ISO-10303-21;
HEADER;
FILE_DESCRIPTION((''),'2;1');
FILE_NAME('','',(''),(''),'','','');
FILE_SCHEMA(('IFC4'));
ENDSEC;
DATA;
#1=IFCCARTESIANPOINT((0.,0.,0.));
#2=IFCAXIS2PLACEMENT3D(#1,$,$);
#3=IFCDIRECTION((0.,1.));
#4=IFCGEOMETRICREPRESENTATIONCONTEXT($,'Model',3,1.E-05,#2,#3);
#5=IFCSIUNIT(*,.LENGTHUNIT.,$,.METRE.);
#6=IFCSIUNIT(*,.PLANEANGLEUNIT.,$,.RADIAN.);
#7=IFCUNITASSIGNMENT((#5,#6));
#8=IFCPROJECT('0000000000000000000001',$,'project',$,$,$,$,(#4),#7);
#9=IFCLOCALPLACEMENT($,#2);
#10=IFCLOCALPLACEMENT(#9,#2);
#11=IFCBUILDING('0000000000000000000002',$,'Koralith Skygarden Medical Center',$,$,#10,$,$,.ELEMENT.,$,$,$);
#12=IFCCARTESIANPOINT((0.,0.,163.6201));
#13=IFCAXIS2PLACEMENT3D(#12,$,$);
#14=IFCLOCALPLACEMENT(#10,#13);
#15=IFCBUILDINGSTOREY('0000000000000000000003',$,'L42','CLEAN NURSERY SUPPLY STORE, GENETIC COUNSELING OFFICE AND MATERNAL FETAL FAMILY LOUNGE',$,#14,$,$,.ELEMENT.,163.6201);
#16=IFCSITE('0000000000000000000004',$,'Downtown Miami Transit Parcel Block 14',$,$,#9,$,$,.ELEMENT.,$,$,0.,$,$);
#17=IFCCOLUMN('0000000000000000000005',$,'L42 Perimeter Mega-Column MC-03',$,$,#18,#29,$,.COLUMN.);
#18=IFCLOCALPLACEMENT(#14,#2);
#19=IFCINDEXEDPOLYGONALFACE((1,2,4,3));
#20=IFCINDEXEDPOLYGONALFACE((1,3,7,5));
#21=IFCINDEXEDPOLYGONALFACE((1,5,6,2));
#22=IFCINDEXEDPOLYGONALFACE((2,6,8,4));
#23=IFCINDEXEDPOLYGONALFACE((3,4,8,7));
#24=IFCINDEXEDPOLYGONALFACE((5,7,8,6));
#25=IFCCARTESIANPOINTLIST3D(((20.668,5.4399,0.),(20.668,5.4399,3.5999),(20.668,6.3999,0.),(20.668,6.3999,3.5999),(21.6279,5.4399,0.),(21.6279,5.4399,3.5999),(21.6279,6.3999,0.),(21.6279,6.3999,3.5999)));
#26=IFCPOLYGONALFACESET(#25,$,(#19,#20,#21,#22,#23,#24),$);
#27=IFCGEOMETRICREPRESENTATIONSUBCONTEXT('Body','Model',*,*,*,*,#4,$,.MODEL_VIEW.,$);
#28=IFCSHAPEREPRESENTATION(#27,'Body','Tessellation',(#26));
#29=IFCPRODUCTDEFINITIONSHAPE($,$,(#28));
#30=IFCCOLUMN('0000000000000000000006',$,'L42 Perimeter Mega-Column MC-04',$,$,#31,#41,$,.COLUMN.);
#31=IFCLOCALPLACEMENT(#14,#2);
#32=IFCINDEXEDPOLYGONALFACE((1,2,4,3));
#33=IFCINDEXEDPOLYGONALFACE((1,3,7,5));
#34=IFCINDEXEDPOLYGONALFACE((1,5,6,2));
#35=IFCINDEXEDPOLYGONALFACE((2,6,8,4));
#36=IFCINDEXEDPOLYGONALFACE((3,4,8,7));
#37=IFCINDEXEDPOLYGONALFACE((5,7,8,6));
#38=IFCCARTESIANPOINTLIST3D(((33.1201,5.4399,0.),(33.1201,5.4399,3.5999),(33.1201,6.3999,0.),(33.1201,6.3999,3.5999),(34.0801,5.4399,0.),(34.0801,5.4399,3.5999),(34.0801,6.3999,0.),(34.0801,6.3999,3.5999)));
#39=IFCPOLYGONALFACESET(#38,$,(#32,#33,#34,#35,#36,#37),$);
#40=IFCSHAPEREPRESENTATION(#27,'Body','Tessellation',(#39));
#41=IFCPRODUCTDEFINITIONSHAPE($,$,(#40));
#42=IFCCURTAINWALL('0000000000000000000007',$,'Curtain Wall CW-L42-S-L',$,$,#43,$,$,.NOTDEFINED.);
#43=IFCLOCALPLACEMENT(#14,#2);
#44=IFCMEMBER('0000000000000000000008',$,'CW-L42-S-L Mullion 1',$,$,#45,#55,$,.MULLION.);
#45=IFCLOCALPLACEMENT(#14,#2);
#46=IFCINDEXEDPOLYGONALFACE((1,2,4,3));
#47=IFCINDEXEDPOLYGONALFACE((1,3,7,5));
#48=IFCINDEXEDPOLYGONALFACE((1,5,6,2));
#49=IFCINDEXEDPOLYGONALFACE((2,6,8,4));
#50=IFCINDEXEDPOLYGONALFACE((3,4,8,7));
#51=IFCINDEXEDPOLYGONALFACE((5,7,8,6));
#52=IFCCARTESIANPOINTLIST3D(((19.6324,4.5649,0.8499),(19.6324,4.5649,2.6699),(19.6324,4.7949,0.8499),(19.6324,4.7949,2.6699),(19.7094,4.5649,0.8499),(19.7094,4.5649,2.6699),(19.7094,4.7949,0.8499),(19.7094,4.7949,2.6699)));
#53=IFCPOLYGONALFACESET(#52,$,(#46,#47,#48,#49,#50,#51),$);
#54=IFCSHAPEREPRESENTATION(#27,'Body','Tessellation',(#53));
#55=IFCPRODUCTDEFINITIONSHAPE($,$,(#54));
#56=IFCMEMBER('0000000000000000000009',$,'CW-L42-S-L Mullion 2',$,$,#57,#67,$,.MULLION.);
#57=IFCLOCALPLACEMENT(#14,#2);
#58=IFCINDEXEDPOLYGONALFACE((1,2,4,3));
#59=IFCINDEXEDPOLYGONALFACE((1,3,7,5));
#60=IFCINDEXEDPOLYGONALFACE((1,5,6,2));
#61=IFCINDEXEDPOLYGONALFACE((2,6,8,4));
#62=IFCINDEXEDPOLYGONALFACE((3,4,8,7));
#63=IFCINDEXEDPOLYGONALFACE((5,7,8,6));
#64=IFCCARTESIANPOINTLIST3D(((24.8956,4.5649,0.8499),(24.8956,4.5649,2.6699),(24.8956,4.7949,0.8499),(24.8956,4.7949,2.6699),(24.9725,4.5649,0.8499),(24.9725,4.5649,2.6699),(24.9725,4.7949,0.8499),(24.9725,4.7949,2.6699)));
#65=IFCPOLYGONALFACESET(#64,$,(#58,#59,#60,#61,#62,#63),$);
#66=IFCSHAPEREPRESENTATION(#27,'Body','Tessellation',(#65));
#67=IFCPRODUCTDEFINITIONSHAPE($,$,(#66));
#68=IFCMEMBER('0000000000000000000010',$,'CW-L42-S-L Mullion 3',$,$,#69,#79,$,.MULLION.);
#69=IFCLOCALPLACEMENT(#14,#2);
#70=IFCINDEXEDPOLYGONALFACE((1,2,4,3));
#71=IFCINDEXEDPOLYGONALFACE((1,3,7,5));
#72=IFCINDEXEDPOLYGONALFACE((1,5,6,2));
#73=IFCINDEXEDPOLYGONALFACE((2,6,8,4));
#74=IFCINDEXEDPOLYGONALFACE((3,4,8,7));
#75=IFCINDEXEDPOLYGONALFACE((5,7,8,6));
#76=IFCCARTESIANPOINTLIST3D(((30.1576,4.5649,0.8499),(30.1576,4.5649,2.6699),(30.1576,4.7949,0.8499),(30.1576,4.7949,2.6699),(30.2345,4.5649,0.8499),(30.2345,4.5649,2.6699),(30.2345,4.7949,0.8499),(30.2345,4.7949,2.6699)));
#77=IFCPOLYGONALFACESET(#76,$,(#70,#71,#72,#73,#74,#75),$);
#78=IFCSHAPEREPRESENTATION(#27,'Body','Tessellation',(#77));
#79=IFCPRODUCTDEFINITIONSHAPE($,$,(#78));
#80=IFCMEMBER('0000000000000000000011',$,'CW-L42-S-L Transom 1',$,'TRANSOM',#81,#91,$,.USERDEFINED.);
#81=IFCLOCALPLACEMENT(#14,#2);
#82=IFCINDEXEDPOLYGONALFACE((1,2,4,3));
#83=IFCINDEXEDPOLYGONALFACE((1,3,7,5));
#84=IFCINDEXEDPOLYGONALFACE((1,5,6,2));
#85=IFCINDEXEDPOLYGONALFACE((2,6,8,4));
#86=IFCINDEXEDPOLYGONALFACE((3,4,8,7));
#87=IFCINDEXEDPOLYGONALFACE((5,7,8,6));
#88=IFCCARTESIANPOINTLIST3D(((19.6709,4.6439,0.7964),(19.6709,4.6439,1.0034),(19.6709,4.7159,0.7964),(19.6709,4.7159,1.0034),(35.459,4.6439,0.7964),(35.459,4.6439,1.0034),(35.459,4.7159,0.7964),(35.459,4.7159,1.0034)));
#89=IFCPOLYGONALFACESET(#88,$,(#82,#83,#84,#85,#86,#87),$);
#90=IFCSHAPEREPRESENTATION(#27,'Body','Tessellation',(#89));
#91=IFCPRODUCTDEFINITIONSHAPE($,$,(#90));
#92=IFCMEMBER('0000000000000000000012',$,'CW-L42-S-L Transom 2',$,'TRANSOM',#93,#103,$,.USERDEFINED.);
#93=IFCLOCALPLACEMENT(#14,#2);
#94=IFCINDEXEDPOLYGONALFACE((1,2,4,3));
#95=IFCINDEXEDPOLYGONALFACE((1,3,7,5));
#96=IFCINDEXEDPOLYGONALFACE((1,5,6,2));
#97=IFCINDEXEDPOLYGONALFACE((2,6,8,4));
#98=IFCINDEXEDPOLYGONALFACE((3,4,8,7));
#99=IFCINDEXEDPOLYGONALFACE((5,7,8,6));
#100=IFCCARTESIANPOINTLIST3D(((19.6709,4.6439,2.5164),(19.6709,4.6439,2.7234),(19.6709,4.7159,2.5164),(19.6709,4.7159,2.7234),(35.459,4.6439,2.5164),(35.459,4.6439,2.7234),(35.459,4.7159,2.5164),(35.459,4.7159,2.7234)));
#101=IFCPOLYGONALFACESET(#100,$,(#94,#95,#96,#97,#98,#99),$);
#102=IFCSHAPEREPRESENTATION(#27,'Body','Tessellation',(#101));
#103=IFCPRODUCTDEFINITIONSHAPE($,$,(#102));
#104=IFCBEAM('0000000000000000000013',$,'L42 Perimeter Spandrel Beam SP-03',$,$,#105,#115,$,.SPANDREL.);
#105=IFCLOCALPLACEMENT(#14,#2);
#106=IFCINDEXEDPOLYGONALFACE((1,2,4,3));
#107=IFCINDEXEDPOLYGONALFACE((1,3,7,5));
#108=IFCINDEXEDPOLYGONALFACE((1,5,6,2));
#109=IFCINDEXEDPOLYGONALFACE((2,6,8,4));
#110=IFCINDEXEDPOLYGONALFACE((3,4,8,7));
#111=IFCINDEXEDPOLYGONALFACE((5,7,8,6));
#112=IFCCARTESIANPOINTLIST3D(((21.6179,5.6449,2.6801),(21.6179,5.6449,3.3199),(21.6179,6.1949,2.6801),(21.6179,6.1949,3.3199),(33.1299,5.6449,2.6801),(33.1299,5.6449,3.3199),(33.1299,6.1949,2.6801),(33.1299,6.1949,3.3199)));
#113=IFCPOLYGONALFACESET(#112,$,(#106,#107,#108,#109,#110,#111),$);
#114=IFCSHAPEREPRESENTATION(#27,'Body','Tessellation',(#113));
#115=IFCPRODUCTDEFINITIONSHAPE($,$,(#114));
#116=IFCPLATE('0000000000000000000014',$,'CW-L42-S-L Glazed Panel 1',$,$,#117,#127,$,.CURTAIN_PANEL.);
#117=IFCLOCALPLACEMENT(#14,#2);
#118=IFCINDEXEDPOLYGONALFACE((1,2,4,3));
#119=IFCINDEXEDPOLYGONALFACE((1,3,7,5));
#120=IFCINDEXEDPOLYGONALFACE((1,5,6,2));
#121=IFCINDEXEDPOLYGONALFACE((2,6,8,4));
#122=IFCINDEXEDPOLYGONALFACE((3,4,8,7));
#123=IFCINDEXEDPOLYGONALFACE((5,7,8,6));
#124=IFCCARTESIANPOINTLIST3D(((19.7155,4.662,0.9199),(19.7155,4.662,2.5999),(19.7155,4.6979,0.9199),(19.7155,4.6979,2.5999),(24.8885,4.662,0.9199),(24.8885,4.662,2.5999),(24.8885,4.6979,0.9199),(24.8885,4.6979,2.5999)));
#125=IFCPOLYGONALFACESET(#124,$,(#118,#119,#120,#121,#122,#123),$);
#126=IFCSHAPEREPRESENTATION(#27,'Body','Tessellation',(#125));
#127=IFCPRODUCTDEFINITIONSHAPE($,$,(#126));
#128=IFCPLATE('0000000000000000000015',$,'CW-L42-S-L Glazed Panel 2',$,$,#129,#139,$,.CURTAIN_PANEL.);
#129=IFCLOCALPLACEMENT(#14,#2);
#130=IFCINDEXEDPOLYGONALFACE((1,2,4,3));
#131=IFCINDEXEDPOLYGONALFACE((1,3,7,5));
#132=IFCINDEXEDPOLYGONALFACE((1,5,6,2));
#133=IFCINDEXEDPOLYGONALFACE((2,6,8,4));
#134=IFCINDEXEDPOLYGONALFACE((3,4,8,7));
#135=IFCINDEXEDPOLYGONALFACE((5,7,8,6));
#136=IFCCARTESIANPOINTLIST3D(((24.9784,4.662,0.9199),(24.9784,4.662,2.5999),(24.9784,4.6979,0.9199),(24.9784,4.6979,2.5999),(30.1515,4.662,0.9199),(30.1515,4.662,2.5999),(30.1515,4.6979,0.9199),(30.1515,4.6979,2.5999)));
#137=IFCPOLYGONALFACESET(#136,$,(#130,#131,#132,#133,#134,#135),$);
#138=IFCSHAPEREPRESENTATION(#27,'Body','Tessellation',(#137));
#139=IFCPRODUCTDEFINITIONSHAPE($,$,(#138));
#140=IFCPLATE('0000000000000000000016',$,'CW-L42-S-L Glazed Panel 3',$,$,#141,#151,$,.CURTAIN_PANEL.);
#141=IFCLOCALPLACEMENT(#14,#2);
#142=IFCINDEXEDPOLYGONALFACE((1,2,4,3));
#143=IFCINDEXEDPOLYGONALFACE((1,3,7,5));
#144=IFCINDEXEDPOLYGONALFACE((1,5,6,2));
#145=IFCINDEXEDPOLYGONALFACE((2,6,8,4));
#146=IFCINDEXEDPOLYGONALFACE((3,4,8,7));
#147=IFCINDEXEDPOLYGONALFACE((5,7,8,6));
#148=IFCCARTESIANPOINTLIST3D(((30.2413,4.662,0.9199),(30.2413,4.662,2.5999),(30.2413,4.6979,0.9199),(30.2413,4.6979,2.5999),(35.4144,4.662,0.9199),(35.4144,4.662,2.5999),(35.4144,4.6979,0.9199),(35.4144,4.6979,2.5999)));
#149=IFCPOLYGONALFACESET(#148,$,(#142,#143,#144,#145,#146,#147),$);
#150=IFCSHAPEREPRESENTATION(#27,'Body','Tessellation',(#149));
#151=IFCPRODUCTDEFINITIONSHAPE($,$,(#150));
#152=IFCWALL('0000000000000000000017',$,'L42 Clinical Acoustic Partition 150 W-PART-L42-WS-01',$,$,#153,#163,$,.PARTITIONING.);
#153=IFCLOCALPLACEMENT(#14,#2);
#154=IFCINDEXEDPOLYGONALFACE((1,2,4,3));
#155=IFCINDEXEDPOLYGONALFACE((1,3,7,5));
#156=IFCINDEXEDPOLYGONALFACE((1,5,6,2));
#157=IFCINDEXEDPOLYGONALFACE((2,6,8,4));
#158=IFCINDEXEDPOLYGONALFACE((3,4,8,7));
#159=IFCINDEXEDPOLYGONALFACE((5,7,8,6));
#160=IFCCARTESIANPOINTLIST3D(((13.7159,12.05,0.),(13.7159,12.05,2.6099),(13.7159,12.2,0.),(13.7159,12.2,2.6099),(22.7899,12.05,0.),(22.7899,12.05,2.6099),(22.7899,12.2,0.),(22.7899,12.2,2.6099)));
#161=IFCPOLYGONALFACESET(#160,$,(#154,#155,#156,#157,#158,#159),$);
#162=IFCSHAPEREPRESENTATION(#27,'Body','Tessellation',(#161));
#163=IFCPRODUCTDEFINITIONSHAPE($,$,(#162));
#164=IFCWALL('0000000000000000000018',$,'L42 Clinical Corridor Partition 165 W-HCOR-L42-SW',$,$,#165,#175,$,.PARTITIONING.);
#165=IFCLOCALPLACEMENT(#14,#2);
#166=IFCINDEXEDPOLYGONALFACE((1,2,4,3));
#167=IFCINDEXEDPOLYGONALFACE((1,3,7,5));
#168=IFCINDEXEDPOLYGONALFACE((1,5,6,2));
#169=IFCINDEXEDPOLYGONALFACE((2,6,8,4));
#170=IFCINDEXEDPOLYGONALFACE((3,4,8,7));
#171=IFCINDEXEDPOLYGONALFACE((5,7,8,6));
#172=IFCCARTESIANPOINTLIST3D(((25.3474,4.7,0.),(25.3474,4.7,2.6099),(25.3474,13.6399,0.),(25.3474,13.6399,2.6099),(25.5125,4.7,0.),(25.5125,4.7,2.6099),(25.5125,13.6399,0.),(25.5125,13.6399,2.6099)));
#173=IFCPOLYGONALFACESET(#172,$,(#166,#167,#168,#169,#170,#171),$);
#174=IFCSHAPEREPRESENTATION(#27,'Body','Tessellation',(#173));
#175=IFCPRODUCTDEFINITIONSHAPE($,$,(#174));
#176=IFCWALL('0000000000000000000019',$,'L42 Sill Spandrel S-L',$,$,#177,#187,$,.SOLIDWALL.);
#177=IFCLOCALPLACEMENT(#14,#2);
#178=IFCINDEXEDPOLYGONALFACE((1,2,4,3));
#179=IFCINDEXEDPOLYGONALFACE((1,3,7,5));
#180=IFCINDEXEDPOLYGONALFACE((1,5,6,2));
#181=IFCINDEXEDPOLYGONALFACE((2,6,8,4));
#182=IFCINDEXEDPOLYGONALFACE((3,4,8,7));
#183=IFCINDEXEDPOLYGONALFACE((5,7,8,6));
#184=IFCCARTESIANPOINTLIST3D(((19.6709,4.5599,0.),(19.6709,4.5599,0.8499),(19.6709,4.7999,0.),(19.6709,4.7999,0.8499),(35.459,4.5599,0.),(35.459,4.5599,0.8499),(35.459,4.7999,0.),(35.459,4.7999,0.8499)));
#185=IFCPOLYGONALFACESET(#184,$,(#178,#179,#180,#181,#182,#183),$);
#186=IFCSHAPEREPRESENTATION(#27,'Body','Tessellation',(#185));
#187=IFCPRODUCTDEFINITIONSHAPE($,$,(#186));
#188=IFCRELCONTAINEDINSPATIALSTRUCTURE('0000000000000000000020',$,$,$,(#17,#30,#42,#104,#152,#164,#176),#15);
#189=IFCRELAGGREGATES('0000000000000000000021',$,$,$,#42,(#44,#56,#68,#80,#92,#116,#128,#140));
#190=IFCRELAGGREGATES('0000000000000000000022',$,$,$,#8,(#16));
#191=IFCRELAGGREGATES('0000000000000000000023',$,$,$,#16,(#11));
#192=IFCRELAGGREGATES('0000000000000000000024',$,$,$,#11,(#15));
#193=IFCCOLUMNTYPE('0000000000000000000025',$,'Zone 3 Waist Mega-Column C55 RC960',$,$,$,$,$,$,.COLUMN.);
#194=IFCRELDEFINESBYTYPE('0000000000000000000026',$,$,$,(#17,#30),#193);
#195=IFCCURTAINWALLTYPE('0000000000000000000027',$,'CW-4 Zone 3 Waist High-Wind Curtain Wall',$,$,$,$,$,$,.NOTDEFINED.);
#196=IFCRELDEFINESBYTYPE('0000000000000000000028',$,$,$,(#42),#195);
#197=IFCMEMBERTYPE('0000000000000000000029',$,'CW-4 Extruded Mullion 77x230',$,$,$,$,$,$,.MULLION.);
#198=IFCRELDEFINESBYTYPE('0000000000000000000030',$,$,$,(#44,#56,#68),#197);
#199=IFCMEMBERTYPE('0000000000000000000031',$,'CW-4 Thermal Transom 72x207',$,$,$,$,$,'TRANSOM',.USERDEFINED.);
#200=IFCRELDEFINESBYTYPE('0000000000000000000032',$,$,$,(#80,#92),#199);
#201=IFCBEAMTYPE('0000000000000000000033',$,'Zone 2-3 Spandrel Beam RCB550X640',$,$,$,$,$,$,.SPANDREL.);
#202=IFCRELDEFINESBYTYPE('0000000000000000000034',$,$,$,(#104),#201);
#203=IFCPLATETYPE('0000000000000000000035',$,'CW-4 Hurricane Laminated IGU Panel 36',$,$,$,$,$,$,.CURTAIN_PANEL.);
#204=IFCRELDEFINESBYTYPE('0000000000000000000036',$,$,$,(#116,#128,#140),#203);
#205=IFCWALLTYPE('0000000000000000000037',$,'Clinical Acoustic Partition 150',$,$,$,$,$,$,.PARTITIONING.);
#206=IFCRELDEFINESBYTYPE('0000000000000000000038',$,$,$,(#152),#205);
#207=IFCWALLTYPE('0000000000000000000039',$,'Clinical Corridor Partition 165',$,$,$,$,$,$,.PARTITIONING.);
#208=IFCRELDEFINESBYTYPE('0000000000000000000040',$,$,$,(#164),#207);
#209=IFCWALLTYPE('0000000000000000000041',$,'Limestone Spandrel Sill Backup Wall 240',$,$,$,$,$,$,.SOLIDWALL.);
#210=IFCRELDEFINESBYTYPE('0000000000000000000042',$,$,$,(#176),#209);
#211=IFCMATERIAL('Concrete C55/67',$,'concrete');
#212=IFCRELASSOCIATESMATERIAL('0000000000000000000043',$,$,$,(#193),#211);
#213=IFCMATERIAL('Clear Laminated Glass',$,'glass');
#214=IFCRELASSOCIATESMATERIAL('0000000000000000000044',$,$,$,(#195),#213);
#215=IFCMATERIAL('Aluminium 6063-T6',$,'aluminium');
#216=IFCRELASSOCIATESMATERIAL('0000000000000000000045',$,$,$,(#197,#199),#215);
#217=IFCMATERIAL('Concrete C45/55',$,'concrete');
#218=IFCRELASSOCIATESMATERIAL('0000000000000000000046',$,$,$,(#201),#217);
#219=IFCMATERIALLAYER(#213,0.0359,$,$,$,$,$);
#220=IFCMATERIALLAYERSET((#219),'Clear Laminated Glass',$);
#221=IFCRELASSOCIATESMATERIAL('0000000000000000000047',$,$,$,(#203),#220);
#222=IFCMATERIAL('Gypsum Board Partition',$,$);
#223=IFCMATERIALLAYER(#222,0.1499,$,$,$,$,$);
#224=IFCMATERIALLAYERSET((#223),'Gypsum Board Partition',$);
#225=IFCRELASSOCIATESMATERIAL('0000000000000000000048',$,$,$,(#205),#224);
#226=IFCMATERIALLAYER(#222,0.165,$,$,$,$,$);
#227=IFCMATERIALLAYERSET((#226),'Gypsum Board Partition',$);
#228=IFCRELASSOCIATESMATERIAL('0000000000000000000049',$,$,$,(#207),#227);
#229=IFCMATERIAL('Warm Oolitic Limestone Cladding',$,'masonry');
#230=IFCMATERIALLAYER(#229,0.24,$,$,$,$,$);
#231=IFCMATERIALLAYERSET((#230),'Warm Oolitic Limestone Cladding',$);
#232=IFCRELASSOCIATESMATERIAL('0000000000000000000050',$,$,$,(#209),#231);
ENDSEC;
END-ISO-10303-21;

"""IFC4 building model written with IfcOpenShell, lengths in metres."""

from ifc_helpers import new_model, si_unit, direction, frame, frame_2d, origin, origin_2d, place, context, subcontext, project, spatial, rectangle, extrude, material, layer, layer_set, material_profile, profile_set, type_object, element, aggregate, save


model = new_model("IFC4")

# Units and contexts
model_context = context("Model", 3, precision=1e-05, world=origin(), true_north=direction((0.0, 1.0)))
body_context = subcontext(model_context, "Body", "Model", "MODEL_VIEW")
ifc_project = project(units=[si_unit("LENGTHUNIT", "METRE"), si_unit("PLANEANGLEUNIT", "RADIAN")], contexts=[model_context])

# Site, building, storey
site_placement = place(None, origin())
site = spatial("IfcSite", under=ifc_project, at=site_placement, Name="Downtown Miami Transit Parcel Block 14", CompositionType="ELEMENT", RefElevation=0.0)
building_placement = place(site_placement, origin())
building = spatial("IfcBuilding", under=site, at=building_placement, Name="Koralith Skygarden Medical Center", CompositionType="ELEMENT")
storey_placement = place(building_placement, frame((0.0, 0.0, 163.6201)))
storey = spatial("IfcBuildingStorey", under=building, at=storey_placement, Name="L42", Description="CLEAN NURSERY SUPPLY STORE, GENETIC COUNSELING OFFICE AND MATERNAL FETAL FAMILY LOUNGE", CompositionType="ELEMENT", Elevation=163.6201)

# Columns
ifc_material_1 = material(Name="Concrete C55/67", Category="concrete")
ifc_material_profile_1 = material_profile(ifc_material_1, rectangle(XDim=0.96, YDim=0.96, at=origin_2d()), Name="RC960X960")
ifc_profile_set_1 = profile_set([ifc_material_profile_1], Name="Concrete C55/67")
column_type = type_object("IfcColumnType", Name="Zone 3 Waist Mega-Column C55 RC960", PredefinedType="COLUMN", material=ifc_profile_set_1)
for number, where, z_axis, x_axis, name in (
    (1, (21.1479, 5.9199, 0.0), (0.0, 0.0, 1.0), (1.0, 0.0, 0.0), "L42 Perimeter Mega-Column MC-03"),
    (2, (33.6001, 5.9199, 0.0), (0.0, 0.0, 1.0), (1.0, 0.0, 0.0), "L42 Perimeter Mega-Column MC-04"),
):
    element("IfcColumn", number, at=place(storey_placement, frame(where, z_axis=z_axis, x_axis=x_axis)), inside=storey, type_object=column_type, Name=name, PredefinedType="COLUMN", context=body_context, shape_type="SweptSolid", body=[
        extrude(rectangle(XDim=0.96, YDim=0.96, at=origin_2d()), origin(), (0.0, 0.0, 1.0), 3.5999),
    ])

# Curtain wall, members
ifc_material_2 = material(Name="Clear Laminated Glass", Category="glass")
curtain_wall_type = type_object("IfcCurtainWallType", Name="CW-4 Zone 3 Waist High-Wind Curtain Wall", PredefinedType="NOTDEFINED", material=ifc_material_2)
curtain_wall_placement = place(storey_placement, origin())
curtain_wall = element("IfcCurtainWall", 3, at=curtain_wall_placement, inside=storey, type_object=curtain_wall_type, Name="Curtain Wall CW-L42-S-L", PredefinedType="NOTDEFINED")
ifc_material_3 = material(Name="Aluminium 6063-T6", Category="aluminium")
ifc_material_profile_2 = material_profile(ifc_material_3, rectangle(XDim=0.0769, YDim=0.23, at=origin_2d()), Name="MUL77X230")
ifc_profile_set_2 = profile_set([ifc_material_profile_2], Name="Aluminium 6063-T6")
member_type_1 = type_object("IfcMemberType", Name="CW-4 Extruded Mullion 77x230", PredefinedType="MULLION", material=ifc_profile_set_2)
member_1_placement = place(storey_placement, frame((19.6709, 4.6799, 0.8499), z_axis=(0.0, 0.0, 1.0), x_axis=(1.0, 0.0, 0.0)))
member_1 = element("IfcMember", 4, at=member_1_placement, type_object=member_type_1, Name="CW-L42-S-L Mullion 1", PredefinedType="MULLION", context=body_context, shape_type="SweptSolid", body=[
    extrude(rectangle(XDim=0.0769, YDim=0.23, at=origin_2d()), origin(), (0.0, 0.0, 1.0), 1.8201),
])
member_2_placement = place(storey_placement, frame((24.9341, 4.6799, 0.8499), z_axis=(0.0, 0.0, 1.0), x_axis=(1.0, 0.0, 0.0)))
member_2 = element("IfcMember", 5, at=member_2_placement, type_object=member_type_1, Name="CW-L42-S-L Mullion 2", PredefinedType="MULLION", context=body_context, shape_type="SweptSolid", body=[
    extrude(rectangle(XDim=0.0769, YDim=0.23, at=origin_2d()), origin(), (0.0, 0.0, 1.0), 1.8201),
])
member_3_placement = place(storey_placement, frame((30.196, 4.6799, 0.8499), z_axis=(0.0, 0.0, 1.0), x_axis=(1.0, 0.0, 0.0)))
member_3 = element("IfcMember", 6, at=member_3_placement, type_object=member_type_1, Name="CW-L42-S-L Mullion 3", PredefinedType="MULLION", context=body_context, shape_type="SweptSolid", body=[
    extrude(rectangle(XDim=0.0769, YDim=0.23, at=origin_2d()), origin(), (0.0, 0.0, 1.0), 1.8201),
])
ifc_material_profile_3 = material_profile(ifc_material_3, rectangle(XDim=0.072, YDim=0.207, at=origin_2d()), Name="TRN72X207")
ifc_profile_set_3 = profile_set([ifc_material_profile_3], Name="Aluminium 6063-T6")
member_type_2 = type_object("IfcMemberType", Name="CW-4 Thermal Transom 72x207", ElementType="TRANSOM", PredefinedType="USERDEFINED", material=ifc_profile_set_3)
member_4_placement = place(storey_placement, frame((19.6709, 4.6799, 0.8999), z_axis=(1.0, 0.0, 0.0), x_axis=(0.0, 1.0, 0.0)))
member_4 = element("IfcMember", 7, at=member_4_placement, type_object=member_type_2, Name="CW-L42-S-L Transom 1", ObjectType="TRANSOM", PredefinedType="USERDEFINED", context=body_context, shape_type="SweptSolid", body=[
    extrude(rectangle(XDim=0.072, YDim=0.207, at=origin_2d()), origin(), (0.0, 0.0, 1.0), 15.7881),
])
member_5_placement = place(storey_placement, frame((19.6709, 4.6799, 2.6199), z_axis=(1.0, 0.0, 0.0), x_axis=(0.0, 1.0, 0.0)))
member_5 = element("IfcMember", 8, at=member_5_placement, type_object=member_type_2, Name="CW-L42-S-L Transom 2", ObjectType="TRANSOM", PredefinedType="USERDEFINED", context=body_context, shape_type="SweptSolid", body=[
    extrude(rectangle(XDim=0.072, YDim=0.207, at=origin_2d()), origin(), (0.0, 0.0, 1.0), 15.7881),
])

# Beam
ifc_material_4 = material(Name="Concrete C45/55", Category="concrete")
ifc_material_profile_4 = material_profile(ifc_material_4, rectangle(XDim=0.55, YDim=0.6399, at=origin_2d()), Name="RCB550X640")
ifc_profile_set_4 = profile_set([ifc_material_profile_4], Name="Concrete C45/55")
beam_type = type_object("IfcBeamType", Name="Zone 2-3 Spandrel Beam RCB550X640", PredefinedType="SPANDREL", material=ifc_profile_set_4)
beam_placement = place(storey_placement, frame((21.6179, 5.9199, 3.0), z_axis=(1.0, 0.0, 0.0), x_axis=(0.0, 1.0, 0.0)))
element("IfcBeam", 9, at=beam_placement, inside=storey, type_object=beam_type, Name="L42 Perimeter Spandrel Beam SP-03", PredefinedType="SPANDREL", context=body_context, shape_type="SweptSolid", body=[
    extrude(rectangle(XDim=0.55, YDim=0.6399, at=origin_2d()), origin(), (0.0, 0.0, 1.0), 11.512),
])

# Plates
ifc_layer_1 = layer(ifc_material_2, 0.0359)
ifc_layer_set_1 = layer_set([ifc_layer_1], Name="Clear Laminated Glass")
plate_type = type_object("IfcPlateType", Name="CW-4 Hurricane Laminated IGU Panel 36", PredefinedType="CURTAIN_PANEL", material=ifc_layer_set_1)
plate_1_placement = place(storey_placement, frame((22.302, 4.6799, 0.9199), z_axis=(0.0, 0.0, 1.0), x_axis=(1.0, 0.0, 0.0)))
plate_1 = element("IfcPlate", 10, at=plate_1_placement, type_object=plate_type, Name="CW-L42-S-L Glazed Panel 1", PredefinedType="CURTAIN_PANEL", context=body_context, shape_type="SweptSolid", body=[
    extrude(rectangle(XDim=5.1731, YDim=0.0359, at=origin_2d()), origin(), (0.0, 0.0, 1.0), 1.6799),
])
plate_2_placement = place(storey_placement, frame((27.5649, 4.6799, 0.9199), z_axis=(0.0, 0.0, 1.0), x_axis=(1.0, 0.0, 0.0)))
plate_2 = element("IfcPlate", 11, at=plate_2_placement, type_object=plate_type, Name="CW-L42-S-L Glazed Panel 2", PredefinedType="CURTAIN_PANEL", context=body_context, shape_type="SweptSolid", body=[
    extrude(rectangle(XDim=5.1731, YDim=0.0359, at=origin_2d()), origin(), (0.0, 0.0, 1.0), 1.6799),
])
plate_3_placement = place(storey_placement, frame((32.8279, 4.6799, 0.9199), z_axis=(0.0, 0.0, 1.0), x_axis=(1.0, 0.0, 0.0)))
plate_3 = element("IfcPlate", 12, at=plate_3_placement, type_object=plate_type, Name="CW-L42-S-L Glazed Panel 3", PredefinedType="CURTAIN_PANEL", context=body_context, shape_type="SweptSolid", body=[
    extrude(rectangle(XDim=5.1731, YDim=0.0359, at=origin_2d()), origin(), (0.0, 0.0, 1.0), 1.6799),
])
aggregate(curtain_wall, [member_1, member_2, member_3, member_4, member_5, plate_1, plate_2, plate_3])

# Walls
ifc_material_5 = material(Name="Gypsum Board Partition")
ifc_layer_2 = layer(ifc_material_5, 0.1499)
ifc_layer_set_2 = layer_set([ifc_layer_2], Name="Gypsum Board Partition")
wall_type_1 = type_object("IfcWallType", Name="Clinical Acoustic Partition 150", PredefinedType="PARTITIONING", material=ifc_layer_set_2)
wall_1_placement = place(storey_placement, frame((22.79, 12.125, 0.0), z_axis=(0.0, 0.0, 1.0), x_axis=(-1.0, 0.0, 0.0)))
element("IfcWall", 13, at=wall_1_placement, inside=storey, type_object=wall_type_1, Name="L42 Clinical Acoustic Partition 150 W-PART-L42-WS-01", PredefinedType="PARTITIONING", context=body_context, shape_type="SweptSolid", body=[
    extrude(rectangle(XDim=9.074, YDim=0.1499, at=frame_2d((4.5371, 0.0))), origin(), (0.0, 0.0, 1.0), 2.6099),
])
ifc_layer_3 = layer(ifc_material_5, 0.165)
ifc_layer_set_3 = layer_set([ifc_layer_3], Name="Gypsum Board Partition")
wall_type_2 = type_object("IfcWallType", Name="Clinical Corridor Partition 165", PredefinedType="PARTITIONING", material=ifc_layer_set_3)
wall_2_placement = place(storey_placement, frame((25.4299, 4.7, 0.0), z_axis=(0.0, 0.0, 1.0), x_axis=(0.0, 1.0, 0.0)))
element("IfcWall", 14, at=wall_2_placement, inside=storey, type_object=wall_type_2, Name="L42 Clinical Corridor Partition 165 W-HCOR-L42-SW", PredefinedType="PARTITIONING", context=body_context, shape_type="SweptSolid", body=[
    extrude(rectangle(XDim=8.9399, YDim=0.165, at=frame_2d((4.47, 0.0))), origin(), (0.0, 0.0, 1.0), 2.6099),
])

# Wall
ifc_material_6 = material(Name="Warm Oolitic Limestone Cladding", Category="masonry")
ifc_layer_4 = layer(ifc_material_6, 0.24)
ifc_layer_set_4 = layer_set([ifc_layer_4], Name="Warm Oolitic Limestone Cladding")
wall_type_3 = type_object("IfcWallType", Name="Limestone Spandrel Sill Backup Wall 240", PredefinedType="SOLIDWALL", material=ifc_layer_set_4)
wall_3_placement = place(storey_placement, frame((19.6709, 4.6799, 0.0), z_axis=(0.0, 0.0, 1.0), x_axis=(1.0, 0.0, 0.0)))
element("IfcWall", 15, at=wall_3_placement, inside=storey, type_object=wall_type_3, Name="L42 Sill Spandrel S-L", PredefinedType="SOLIDWALL", context=body_context, shape_type="SweptSolid", body=[
    extrude(rectangle(XDim=15.7881, YDim=0.24, at=frame_2d((7.894, 0.0))), origin(), (0.0, 0.0, 1.0), 0.8499),
])

save(model, "model.ifc")
